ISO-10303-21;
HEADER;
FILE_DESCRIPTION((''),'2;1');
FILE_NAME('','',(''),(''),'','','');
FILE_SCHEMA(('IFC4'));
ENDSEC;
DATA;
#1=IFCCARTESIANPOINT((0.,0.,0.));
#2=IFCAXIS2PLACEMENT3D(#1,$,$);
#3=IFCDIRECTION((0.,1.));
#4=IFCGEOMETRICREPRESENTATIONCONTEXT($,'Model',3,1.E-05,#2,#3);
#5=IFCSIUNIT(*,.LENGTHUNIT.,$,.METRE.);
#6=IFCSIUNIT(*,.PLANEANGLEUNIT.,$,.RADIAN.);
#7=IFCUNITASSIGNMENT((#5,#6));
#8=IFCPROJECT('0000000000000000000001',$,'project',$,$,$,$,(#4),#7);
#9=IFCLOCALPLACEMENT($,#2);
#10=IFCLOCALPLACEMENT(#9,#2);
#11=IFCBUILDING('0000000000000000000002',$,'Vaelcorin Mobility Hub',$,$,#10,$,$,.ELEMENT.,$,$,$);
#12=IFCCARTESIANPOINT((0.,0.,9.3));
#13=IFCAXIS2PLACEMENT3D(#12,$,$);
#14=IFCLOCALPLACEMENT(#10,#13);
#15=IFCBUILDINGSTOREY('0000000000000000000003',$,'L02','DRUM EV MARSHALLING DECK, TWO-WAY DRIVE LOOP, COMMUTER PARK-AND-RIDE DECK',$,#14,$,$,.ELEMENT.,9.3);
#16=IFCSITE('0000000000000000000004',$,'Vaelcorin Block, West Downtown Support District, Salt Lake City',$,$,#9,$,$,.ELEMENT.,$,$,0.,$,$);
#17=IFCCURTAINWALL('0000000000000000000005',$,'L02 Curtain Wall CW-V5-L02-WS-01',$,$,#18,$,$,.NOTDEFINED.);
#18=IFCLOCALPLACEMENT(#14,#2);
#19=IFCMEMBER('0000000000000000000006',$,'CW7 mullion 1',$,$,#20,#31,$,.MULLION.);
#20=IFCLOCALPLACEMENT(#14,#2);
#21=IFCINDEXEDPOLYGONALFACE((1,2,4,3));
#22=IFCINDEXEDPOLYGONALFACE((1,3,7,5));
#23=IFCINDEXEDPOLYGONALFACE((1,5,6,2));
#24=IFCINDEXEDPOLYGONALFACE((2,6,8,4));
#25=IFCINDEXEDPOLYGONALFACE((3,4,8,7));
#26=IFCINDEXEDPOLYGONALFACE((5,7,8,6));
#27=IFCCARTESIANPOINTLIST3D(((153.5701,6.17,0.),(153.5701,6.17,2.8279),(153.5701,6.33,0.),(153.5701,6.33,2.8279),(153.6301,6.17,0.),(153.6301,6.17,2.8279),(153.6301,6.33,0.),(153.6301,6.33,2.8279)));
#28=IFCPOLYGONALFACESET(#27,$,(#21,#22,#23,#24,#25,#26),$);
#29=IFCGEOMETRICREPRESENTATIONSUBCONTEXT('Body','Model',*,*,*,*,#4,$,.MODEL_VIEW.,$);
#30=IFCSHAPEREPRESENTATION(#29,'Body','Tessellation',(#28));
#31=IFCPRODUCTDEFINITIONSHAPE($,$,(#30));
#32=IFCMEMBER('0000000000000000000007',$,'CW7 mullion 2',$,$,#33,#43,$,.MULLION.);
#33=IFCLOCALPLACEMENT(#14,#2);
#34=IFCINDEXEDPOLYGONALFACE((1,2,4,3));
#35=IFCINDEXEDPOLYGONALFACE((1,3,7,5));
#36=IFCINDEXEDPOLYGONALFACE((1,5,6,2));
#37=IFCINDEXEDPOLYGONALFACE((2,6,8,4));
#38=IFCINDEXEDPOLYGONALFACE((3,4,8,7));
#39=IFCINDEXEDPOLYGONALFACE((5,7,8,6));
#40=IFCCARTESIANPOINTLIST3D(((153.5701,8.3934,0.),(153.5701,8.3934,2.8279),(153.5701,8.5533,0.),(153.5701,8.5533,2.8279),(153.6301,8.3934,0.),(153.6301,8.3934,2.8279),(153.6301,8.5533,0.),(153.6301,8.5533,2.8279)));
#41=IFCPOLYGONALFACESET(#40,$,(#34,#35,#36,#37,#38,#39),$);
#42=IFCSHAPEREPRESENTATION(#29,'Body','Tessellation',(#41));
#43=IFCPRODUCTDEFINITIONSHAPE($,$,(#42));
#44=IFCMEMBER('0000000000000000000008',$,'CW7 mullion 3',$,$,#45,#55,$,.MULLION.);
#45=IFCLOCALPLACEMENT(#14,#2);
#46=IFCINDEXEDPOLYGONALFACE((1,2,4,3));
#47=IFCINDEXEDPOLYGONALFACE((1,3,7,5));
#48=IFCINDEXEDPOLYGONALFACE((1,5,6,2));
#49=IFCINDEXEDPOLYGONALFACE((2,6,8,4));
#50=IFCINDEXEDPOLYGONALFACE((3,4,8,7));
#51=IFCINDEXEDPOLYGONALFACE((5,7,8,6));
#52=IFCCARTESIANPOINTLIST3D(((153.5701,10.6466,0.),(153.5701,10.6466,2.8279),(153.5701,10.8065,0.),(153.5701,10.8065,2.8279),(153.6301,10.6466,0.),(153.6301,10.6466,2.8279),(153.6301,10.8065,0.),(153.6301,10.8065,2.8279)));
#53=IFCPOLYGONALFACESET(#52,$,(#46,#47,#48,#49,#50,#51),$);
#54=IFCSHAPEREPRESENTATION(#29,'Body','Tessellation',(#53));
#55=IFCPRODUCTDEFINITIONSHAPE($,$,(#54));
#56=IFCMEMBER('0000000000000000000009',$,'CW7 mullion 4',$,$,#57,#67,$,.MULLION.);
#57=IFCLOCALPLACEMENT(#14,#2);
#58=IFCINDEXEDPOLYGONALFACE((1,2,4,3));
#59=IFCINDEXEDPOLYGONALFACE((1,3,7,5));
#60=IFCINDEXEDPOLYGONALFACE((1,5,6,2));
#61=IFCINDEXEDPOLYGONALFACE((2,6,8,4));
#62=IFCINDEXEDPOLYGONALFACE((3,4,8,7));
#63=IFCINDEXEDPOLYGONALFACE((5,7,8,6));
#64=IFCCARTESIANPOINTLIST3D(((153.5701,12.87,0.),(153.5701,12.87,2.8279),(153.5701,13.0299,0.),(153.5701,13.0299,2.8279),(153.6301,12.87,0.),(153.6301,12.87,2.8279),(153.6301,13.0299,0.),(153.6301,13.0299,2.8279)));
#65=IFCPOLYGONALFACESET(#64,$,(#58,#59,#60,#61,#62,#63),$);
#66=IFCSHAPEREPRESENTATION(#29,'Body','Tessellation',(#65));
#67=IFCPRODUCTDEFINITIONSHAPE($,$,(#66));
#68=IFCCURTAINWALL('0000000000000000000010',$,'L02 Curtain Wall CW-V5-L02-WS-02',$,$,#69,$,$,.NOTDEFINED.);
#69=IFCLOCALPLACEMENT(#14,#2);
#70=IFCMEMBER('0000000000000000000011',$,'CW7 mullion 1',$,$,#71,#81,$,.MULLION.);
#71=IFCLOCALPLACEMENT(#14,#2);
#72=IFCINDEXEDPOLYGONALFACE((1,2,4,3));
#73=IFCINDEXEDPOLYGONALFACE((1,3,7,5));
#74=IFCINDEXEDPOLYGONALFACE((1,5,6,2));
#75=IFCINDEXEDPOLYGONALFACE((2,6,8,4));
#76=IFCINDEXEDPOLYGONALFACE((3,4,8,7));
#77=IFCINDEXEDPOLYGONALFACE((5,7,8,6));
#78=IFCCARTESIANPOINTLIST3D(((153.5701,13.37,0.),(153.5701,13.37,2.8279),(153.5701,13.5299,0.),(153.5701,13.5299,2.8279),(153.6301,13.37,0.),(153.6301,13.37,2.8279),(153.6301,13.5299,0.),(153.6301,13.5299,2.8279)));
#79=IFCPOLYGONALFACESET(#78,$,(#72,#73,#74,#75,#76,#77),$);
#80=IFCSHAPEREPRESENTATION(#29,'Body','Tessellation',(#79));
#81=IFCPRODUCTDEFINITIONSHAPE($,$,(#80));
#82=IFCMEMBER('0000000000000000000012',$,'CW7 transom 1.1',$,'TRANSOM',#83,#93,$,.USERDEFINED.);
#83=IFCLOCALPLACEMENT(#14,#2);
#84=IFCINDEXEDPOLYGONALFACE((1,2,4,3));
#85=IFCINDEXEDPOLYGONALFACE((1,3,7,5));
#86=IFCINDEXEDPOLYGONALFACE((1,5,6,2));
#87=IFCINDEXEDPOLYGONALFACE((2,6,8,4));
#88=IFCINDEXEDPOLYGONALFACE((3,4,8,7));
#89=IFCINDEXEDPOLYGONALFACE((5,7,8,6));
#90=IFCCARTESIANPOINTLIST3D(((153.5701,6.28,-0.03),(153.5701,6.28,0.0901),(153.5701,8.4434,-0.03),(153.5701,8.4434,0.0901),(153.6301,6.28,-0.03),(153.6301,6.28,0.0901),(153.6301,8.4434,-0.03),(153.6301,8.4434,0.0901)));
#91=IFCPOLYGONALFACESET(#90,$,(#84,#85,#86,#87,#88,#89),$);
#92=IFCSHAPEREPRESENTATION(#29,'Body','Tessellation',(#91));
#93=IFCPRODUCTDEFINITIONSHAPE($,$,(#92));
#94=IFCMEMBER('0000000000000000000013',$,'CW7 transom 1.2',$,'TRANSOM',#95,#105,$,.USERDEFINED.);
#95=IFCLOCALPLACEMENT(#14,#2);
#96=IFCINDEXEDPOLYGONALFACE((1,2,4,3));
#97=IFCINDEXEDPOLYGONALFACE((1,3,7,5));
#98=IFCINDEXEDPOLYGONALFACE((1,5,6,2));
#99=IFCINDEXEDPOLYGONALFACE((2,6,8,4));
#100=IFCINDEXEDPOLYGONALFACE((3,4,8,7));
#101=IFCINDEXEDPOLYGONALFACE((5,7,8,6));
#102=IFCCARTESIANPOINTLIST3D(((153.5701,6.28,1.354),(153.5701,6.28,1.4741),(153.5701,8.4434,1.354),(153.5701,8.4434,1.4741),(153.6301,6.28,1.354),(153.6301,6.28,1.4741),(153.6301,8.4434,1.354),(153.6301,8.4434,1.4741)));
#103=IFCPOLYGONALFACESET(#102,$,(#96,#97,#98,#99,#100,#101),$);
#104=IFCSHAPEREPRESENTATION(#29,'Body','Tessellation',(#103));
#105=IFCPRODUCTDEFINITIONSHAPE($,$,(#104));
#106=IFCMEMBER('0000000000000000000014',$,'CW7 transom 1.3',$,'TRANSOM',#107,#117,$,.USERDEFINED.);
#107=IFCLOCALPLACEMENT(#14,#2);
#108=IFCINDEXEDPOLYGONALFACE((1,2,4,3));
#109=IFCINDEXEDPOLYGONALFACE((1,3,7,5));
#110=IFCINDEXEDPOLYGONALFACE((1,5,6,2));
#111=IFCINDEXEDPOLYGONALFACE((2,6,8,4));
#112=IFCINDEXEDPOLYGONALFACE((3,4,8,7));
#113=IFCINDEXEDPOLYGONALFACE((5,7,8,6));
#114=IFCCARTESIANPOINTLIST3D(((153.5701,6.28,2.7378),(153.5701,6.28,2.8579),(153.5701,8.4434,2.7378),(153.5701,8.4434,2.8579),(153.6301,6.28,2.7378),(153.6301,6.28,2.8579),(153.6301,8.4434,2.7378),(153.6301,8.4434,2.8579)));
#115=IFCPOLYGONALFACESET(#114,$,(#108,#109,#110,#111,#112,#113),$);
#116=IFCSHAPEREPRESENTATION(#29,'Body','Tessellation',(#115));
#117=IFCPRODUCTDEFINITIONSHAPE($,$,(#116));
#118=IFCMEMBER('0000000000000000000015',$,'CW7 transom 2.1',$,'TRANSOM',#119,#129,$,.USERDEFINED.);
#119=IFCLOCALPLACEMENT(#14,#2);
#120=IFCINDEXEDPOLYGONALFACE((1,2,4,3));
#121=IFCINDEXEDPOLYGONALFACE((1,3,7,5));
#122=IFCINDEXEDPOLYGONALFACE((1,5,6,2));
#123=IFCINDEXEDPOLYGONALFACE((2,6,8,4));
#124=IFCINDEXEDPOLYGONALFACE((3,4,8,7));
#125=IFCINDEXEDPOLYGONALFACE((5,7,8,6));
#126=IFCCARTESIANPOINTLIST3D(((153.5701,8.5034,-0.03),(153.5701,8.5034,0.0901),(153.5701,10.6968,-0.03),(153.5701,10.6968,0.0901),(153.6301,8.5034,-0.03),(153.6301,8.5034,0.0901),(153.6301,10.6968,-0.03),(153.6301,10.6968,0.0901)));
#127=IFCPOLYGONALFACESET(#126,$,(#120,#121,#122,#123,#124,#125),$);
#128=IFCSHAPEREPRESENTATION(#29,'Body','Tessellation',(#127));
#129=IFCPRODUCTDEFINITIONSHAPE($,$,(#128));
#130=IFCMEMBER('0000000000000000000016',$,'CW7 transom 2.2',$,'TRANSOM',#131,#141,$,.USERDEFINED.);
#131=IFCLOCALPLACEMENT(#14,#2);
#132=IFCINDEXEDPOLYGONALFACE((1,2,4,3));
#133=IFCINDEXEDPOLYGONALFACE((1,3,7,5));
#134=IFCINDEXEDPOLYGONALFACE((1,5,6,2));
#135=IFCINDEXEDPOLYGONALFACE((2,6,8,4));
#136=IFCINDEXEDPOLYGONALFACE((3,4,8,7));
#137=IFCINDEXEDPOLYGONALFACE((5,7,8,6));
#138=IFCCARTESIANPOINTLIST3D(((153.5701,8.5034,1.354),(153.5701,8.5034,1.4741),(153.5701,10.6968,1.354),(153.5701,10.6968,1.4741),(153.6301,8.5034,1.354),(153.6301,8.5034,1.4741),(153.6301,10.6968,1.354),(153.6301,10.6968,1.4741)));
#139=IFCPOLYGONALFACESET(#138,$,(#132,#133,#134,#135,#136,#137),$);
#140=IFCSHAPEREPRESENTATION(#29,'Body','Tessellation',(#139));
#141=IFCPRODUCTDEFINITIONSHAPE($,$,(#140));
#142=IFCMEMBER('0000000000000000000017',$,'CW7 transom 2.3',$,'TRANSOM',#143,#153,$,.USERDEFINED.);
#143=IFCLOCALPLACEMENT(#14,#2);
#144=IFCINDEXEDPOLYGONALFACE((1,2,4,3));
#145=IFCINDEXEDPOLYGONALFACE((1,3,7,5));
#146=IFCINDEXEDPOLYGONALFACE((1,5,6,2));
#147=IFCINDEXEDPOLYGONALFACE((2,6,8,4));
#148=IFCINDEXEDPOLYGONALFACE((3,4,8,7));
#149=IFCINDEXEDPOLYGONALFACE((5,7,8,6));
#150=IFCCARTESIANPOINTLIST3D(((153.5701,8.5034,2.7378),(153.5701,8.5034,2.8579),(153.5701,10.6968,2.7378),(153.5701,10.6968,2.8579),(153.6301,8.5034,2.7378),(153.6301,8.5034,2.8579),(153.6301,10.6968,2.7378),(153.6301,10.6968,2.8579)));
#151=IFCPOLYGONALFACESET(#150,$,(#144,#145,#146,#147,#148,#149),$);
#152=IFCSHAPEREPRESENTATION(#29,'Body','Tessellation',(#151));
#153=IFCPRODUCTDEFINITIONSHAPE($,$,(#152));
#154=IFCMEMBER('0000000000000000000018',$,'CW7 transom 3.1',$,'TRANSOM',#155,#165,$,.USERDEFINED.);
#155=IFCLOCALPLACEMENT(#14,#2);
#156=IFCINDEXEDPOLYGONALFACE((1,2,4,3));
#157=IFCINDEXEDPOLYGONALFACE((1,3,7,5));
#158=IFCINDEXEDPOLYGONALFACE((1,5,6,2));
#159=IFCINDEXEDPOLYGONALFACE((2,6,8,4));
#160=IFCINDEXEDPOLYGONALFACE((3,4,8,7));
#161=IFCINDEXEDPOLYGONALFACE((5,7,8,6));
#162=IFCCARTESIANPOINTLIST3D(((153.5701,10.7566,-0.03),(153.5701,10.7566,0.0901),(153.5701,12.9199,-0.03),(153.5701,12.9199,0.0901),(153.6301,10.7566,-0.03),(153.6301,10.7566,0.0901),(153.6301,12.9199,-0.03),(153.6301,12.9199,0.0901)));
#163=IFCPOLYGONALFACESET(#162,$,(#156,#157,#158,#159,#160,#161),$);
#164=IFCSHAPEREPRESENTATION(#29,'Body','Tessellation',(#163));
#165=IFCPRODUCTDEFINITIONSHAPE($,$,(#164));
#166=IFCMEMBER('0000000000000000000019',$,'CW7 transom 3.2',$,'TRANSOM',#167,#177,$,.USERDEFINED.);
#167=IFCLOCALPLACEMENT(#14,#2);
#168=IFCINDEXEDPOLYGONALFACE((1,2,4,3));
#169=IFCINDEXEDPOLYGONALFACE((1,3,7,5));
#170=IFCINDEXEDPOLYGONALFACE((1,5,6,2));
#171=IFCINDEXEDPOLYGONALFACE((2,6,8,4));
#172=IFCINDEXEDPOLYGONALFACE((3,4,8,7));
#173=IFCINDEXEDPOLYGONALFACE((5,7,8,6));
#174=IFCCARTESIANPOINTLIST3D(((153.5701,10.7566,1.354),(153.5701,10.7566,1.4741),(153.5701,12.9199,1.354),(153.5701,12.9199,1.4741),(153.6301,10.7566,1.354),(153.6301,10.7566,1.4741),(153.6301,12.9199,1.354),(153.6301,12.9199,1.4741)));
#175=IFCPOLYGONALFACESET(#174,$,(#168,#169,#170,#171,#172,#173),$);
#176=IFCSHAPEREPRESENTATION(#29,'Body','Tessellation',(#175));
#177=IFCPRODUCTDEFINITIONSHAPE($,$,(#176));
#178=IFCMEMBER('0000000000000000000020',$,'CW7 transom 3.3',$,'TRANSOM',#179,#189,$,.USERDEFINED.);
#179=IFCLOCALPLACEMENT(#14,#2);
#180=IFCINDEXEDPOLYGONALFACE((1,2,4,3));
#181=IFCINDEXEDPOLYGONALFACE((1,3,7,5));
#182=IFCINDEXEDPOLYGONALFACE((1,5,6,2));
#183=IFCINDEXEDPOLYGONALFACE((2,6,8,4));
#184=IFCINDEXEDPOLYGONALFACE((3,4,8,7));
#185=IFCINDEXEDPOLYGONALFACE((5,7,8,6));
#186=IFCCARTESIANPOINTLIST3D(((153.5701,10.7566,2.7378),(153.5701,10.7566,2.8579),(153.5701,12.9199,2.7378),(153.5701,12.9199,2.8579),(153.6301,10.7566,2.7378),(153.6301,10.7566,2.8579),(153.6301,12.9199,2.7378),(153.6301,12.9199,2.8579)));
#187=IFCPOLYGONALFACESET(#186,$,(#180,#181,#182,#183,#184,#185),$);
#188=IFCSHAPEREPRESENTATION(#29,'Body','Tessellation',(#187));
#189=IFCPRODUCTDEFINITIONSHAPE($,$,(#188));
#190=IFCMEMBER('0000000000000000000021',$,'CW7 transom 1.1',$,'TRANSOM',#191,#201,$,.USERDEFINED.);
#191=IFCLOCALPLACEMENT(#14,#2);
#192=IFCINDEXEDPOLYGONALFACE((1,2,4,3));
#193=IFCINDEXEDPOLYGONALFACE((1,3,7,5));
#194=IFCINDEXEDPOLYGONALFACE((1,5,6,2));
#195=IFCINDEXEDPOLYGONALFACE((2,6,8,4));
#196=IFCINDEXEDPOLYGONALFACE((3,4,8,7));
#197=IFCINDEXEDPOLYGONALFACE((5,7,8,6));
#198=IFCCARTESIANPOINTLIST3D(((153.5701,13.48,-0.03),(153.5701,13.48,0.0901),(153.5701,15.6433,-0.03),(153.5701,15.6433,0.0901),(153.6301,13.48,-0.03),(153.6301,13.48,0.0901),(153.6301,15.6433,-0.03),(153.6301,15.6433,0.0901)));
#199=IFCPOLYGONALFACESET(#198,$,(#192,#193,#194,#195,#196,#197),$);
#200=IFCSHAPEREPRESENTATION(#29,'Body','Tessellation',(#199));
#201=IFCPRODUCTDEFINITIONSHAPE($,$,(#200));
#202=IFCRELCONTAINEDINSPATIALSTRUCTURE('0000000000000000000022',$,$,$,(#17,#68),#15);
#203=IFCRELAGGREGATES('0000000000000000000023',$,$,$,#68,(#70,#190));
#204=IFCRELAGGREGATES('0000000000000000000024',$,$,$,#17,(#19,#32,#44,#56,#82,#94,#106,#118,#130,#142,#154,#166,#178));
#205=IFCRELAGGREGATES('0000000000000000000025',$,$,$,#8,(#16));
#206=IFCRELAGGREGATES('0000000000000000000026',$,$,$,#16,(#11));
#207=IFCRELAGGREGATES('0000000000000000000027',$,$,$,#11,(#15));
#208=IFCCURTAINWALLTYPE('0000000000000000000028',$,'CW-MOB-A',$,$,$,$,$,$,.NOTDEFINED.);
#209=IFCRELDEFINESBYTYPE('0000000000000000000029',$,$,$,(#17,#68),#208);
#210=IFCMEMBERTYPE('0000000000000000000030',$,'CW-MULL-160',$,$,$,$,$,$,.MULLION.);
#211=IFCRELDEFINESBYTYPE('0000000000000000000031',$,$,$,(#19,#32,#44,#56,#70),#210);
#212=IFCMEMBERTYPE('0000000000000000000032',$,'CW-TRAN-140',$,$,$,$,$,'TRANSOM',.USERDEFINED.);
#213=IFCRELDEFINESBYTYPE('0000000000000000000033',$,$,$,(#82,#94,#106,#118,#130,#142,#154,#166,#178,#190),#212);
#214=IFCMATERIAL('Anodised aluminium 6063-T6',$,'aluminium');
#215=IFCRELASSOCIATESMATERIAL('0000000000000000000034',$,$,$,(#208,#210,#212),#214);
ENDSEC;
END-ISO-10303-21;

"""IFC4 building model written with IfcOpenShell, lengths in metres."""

from ifc_helpers import new_model, si_unit, direction, frame, origin, origin_2d, place, context, subcontext, project, spatial, rectangle, extrude, material, material_profile, profile_set, type_object, element, aggregate, save


model = new_model("IFC4")

# Units and contexts
model_context = context("Model", 3, precision=1e-05, world=origin(), true_north=direction((0.0, 1.0)))
body_context = subcontext(model_context, "Body", "Model", "MODEL_VIEW")
ifc_project = project(units=[si_unit("LENGTHUNIT", "METRE"), si_unit("PLANEANGLEUNIT", "RADIAN")], contexts=[model_context])

# Site, building, storey
site_placement = place(None, origin())
site = spatial("IfcSite", under=ifc_project, at=site_placement, Name="Vaelcorin Block, West Downtown Support District, Salt Lake City", CompositionType="ELEMENT", RefElevation=0.0)
building_placement = place(site_placement, origin())
building = spatial("IfcBuilding", under=site, at=building_placement, Name="Vaelcorin Mobility Hub", CompositionType="ELEMENT")
storey_placement = place(building_placement, frame((0.0, 0.0, 9.3)))
storey = spatial("IfcBuildingStorey", under=building, at=storey_placement, Name="L02", Description="DRUM EV MARSHALLING DECK, TWO-WAY DRIVE LOOP, COMMUTER PARK-AND-RIDE DECK", CompositionType="ELEMENT", Elevation=9.3)

# Curtain wall, members
ifc_material_1 = material(Name="Anodised aluminium 6063-T6", Category="aluminium")
curtain_wall_type = type_object("IfcCurtainWallType", Name="CW-MOB-A", PredefinedType="NOTDEFINED", material=ifc_material_1)
curtain_wall_1_placement = place(storey_placement, origin())
curtain_wall_1 = element("IfcCurtainWall", 1, at=curtain_wall_1_placement, inside=storey, type_object=curtain_wall_type, Name="L02 Curtain Wall CW-V5-L02-WS-01", PredefinedType="NOTDEFINED")
ifc_material_profile_1 = material_profile(ifc_material_1, rectangle(XDim=0.0601, YDim=0.1599, at=origin_2d()), Name="ALU-M60X160")
ifc_profile_set_1 = profile_set([ifc_material_profile_1], Name="Anodised aluminium 6063-T6")
member_type_1 = type_object("IfcMemberType", Name="CW-MULL-160", PredefinedType="MULLION", material=ifc_profile_set_1)
member_1_placement = place(storey_placement, frame((153.6001, 6.25, 0.0), z_axis=(0.0, 0.0, 1.0), x_axis=(-1.0, 0.0, 0.0)))
member_1 = element("IfcMember", 2, at=member_1_placement, type_object=member_type_1, Name="CW7 mullion 1", PredefinedType="MULLION", context=body_context, shape_type="SweptSolid", body=[
    extrude(rectangle(XDim=0.0601, YDim=0.1599, at=origin_2d()), origin(), (0.0, 0.0, 1.0), 2.8279),
])
member_2_placement = place(storey_placement, frame((153.6001, 8.4734, 0.0), z_axis=(0.0, 0.0, 1.0), x_axis=(-1.0, 0.0, 0.0)))
member_2 = element("IfcMember", 3, at=member_2_placement, type_object=member_type_1, Name="CW7 mullion 2", PredefinedType="MULLION", context=body_context, shape_type="SweptSolid", body=[
    extrude(rectangle(XDim=0.0601, YDim=0.1599, at=origin_2d()), origin(), (0.0, 0.0, 1.0), 2.8279),
])
member_3_placement = place(storey_placement, frame((153.6001, 10.7266, 0.0), z_axis=(0.0, 0.0, 1.0), x_axis=(-1.0, 0.0, 0.0)))
member_3 = element("IfcMember", 4, at=member_3_placement, type_object=member_type_1, Name="CW7 mullion 3", PredefinedType="MULLION", context=body_context, shape_type="SweptSolid", body=[
    extrude(rectangle(XDim=0.0601, YDim=0.1599, at=origin_2d()), origin(), (0.0, 0.0, 1.0), 2.8279),
])
member_4_placement = place(storey_placement, frame((153.6001, 12.95, 0.0), z_axis=(0.0, 0.0, 1.0), x_axis=(-1.0, 0.0, 0.0)))
member_4 = element("IfcMember", 5, at=member_4_placement, type_object=member_type_1, Name="CW7 mullion 4", PredefinedType="MULLION", context=body_context, shape_type="SweptSolid", body=[
    extrude(rectangle(XDim=0.0601, YDim=0.1599, at=origin_2d()), origin(), (0.0, 0.0, 1.0), 2.8279),
])

# Curtain wall, member
curtain_wall_2_placement = place(storey_placement, origin())
curtain_wall_2 = element("IfcCurtainWall", 6, at=curtain_wall_2_placement, inside=storey, type_object=curtain_wall_type, Name="L02 Curtain Wall CW-V5-L02-WS-02", PredefinedType="NOTDEFINED")
member_5_placement = place(storey_placement, frame((153.6001, 13.45, 0.0), z_axis=(0.0, 0.0, 1.0), x_axis=(-1.0, 0.0, 0.0)))
member_5 = element("IfcMember", 7, at=member_5_placement, type_object=member_type_1, Name="CW7 mullion 1", PredefinedType="MULLION", context=body_context, shape_type="SweptSolid", body=[
    extrude(rectangle(XDim=0.0601, YDim=0.1599, at=origin_2d()), origin(), (0.0, 0.0, 1.0), 2.8279),
])

# Members
ifc_material_profile_2 = material_profile(ifc_material_1, rectangle(XDim=0.0601, YDim=0.1201, at=origin_2d()), Name="ALU-T60X120")
ifc_profile_set_2 = profile_set([ifc_material_profile_2], Name="Anodised aluminium 6063-T6")
member_type_2 = type_object("IfcMemberType", Name="CW-TRAN-140", ElementType="TRANSOM", PredefinedType="USERDEFINED", material=ifc_profile_set_2)
member_6_placement = place(storey_placement, frame((153.6001, 6.28, 0.03), z_axis=(0.0, 1.0, 0.0), x_axis=(-1.0, 0.0, 0.0)))
member_6 = element("IfcMember", 8, at=member_6_placement, type_object=member_type_2, Name="CW7 transom 1.1", ObjectType="TRANSOM", PredefinedType="USERDEFINED", context=body_context, shape_type="SweptSolid", body=[
    extrude(rectangle(XDim=0.0601, YDim=0.1201, at=origin_2d()), origin(), (0.0, 0.0, 1.0), 2.1633),
])
member_7_placement = place(storey_placement, frame((153.6001, 6.28, 1.4141), z_axis=(0.0, 1.0, 0.0), x_axis=(-1.0, 0.0, 0.0)))
member_7 = element("IfcMember", 9, at=member_7_placement, type_object=member_type_2, Name="CW7 transom 1.2", ObjectType="TRANSOM", PredefinedType="USERDEFINED", context=body_context, shape_type="SweptSolid", body=[
    extrude(rectangle(XDim=0.0601, YDim=0.1201, at=origin_2d()), origin(), (0.0, 0.0, 1.0), 2.1633),
])
member_8_placement = place(storey_placement, frame((153.6001, 6.28, 2.7979), z_axis=(0.0, 1.0, 0.0), x_axis=(-1.0, 0.0, 0.0)))
member_8 = element("IfcMember", 10, at=member_8_placement, type_object=member_type_2, Name="CW7 transom 1.3", ObjectType="TRANSOM", PredefinedType="USERDEFINED", context=body_context, shape_type="SweptSolid", body=[
    extrude(rectangle(XDim=0.0601, YDim=0.1201, at=origin_2d()), origin(), (0.0, 0.0, 1.0), 2.1633),
])
member_9_placement = place(storey_placement, frame((153.6001, 8.5034, 0.03), z_axis=(0.0, 1.0, 0.0), x_axis=(-1.0, 0.0, 0.0)))
member_9 = element("IfcMember", 11, at=member_9_placement, type_object=member_type_2, Name="CW7 transom 2.1", ObjectType="TRANSOM", PredefinedType="USERDEFINED", context=body_context, shape_type="SweptSolid", body=[
    extrude(rectangle(XDim=0.0601, YDim=0.1201, at=origin_2d()), origin(), (0.0, 0.0, 1.0), 2.1934),
])
member_10_placement = place(storey_placement, frame((153.6001, 8.5034, 1.4141), z_axis=(0.0, 1.0, 0.0), x_axis=(-1.0, 0.0, 0.0)))
member_10 = element("IfcMember", 12, at=member_10_placement, type_object=member_type_2, Name="CW7 transom 2.2", ObjectType="TRANSOM", PredefinedType="USERDEFINED", context=body_context, shape_type="SweptSolid", body=[
    extrude(rectangle(XDim=0.0601, YDim=0.1201, at=origin_2d()), origin(), (0.0, 0.0, 1.0), 2.1934),
])
member_11_placement = place(storey_placement, frame((153.6001, 8.5034, 2.7979), z_axis=(0.0, 1.0, 0.0), x_axis=(-1.0, 0.0, 0.0)))
member_11 = element("IfcMember", 13, at=member_11_placement, type_object=member_type_2, Name="CW7 transom 2.3", ObjectType="TRANSOM", PredefinedType="USERDEFINED", context=body_context, shape_type="SweptSolid", body=[
    extrude(rectangle(XDim=0.0601, YDim=0.1201, at=origin_2d()), origin(), (0.0, 0.0, 1.0), 2.1934),
])
member_12_placement = place(storey_placement, frame((153.6001, 10.7566, 0.03), z_axis=(0.0, 1.0, 0.0), x_axis=(-1.0, 0.0, 0.0)))
member_12 = element("IfcMember", 14, at=member_12_placement, type_object=member_type_2, Name="CW7 transom 3.1", ObjectType="TRANSOM", PredefinedType="USERDEFINED", context=body_context, shape_type="SweptSolid", body=[
    extrude(rectangle(XDim=0.0601, YDim=0.1201, at=origin_2d()), origin(), (0.0, 0.0, 1.0), 2.1633),
])
member_13_placement = place(storey_placement, frame((153.6001, 10.7566, 1.4141), z_axis=(0.0, 1.0, 0.0), x_axis=(-1.0, 0.0, 0.0)))
member_13 = element("IfcMember", 15, at=member_13_placement, type_object=member_type_2, Name="CW7 transom 3.2", ObjectType="TRANSOM", PredefinedType="USERDEFINED", context=body_context, shape_type="SweptSolid", body=[
    extrude(rectangle(XDim=0.0601, YDim=0.1201, at=origin_2d()), origin(), (0.0, 0.0, 1.0), 2.1633),
])
member_14_placement = place(storey_placement, frame((153.6001, 10.7566, 2.7979), z_axis=(0.0, 1.0, 0.0), x_axis=(-1.0, 0.0, 0.0)))
member_14 = element("IfcMember", 16, at=member_14_placement, type_object=member_type_2, Name="CW7 transom 3.3", ObjectType="TRANSOM", PredefinedType="USERDEFINED", context=body_context, shape_type="SweptSolid", body=[
    extrude(rectangle(XDim=0.0601, YDim=0.1201, at=origin_2d()), origin(), (0.0, 0.0, 1.0), 2.1633),
])
member_15_placement = place(storey_placement, frame((153.6001, 13.48, 0.03), z_axis=(0.0, 1.0, 0.0), x_axis=(-1.0, 0.0, 0.0)))
member_15 = element("IfcMember", 17, at=member_15_placement, type_object=member_type_2, Name="CW7 transom 1.1", ObjectType="TRANSOM", PredefinedType="USERDEFINED", context=body_context, shape_type="SweptSolid", body=[
    extrude(rectangle(XDim=0.0601, YDim=0.1201, at=origin_2d()), origin(), (0.0, 0.0, 1.0), 2.1633),
])
aggregate(curtain_wall_2, [member_5, member_15])

aggregate(curtain_wall_1, [member_1, member_2, member_3, member_4, member_6, member_7, member_8, member_9, member_10, member_11, member_12, member_13, member_14])

save(model, "model.ifc")
